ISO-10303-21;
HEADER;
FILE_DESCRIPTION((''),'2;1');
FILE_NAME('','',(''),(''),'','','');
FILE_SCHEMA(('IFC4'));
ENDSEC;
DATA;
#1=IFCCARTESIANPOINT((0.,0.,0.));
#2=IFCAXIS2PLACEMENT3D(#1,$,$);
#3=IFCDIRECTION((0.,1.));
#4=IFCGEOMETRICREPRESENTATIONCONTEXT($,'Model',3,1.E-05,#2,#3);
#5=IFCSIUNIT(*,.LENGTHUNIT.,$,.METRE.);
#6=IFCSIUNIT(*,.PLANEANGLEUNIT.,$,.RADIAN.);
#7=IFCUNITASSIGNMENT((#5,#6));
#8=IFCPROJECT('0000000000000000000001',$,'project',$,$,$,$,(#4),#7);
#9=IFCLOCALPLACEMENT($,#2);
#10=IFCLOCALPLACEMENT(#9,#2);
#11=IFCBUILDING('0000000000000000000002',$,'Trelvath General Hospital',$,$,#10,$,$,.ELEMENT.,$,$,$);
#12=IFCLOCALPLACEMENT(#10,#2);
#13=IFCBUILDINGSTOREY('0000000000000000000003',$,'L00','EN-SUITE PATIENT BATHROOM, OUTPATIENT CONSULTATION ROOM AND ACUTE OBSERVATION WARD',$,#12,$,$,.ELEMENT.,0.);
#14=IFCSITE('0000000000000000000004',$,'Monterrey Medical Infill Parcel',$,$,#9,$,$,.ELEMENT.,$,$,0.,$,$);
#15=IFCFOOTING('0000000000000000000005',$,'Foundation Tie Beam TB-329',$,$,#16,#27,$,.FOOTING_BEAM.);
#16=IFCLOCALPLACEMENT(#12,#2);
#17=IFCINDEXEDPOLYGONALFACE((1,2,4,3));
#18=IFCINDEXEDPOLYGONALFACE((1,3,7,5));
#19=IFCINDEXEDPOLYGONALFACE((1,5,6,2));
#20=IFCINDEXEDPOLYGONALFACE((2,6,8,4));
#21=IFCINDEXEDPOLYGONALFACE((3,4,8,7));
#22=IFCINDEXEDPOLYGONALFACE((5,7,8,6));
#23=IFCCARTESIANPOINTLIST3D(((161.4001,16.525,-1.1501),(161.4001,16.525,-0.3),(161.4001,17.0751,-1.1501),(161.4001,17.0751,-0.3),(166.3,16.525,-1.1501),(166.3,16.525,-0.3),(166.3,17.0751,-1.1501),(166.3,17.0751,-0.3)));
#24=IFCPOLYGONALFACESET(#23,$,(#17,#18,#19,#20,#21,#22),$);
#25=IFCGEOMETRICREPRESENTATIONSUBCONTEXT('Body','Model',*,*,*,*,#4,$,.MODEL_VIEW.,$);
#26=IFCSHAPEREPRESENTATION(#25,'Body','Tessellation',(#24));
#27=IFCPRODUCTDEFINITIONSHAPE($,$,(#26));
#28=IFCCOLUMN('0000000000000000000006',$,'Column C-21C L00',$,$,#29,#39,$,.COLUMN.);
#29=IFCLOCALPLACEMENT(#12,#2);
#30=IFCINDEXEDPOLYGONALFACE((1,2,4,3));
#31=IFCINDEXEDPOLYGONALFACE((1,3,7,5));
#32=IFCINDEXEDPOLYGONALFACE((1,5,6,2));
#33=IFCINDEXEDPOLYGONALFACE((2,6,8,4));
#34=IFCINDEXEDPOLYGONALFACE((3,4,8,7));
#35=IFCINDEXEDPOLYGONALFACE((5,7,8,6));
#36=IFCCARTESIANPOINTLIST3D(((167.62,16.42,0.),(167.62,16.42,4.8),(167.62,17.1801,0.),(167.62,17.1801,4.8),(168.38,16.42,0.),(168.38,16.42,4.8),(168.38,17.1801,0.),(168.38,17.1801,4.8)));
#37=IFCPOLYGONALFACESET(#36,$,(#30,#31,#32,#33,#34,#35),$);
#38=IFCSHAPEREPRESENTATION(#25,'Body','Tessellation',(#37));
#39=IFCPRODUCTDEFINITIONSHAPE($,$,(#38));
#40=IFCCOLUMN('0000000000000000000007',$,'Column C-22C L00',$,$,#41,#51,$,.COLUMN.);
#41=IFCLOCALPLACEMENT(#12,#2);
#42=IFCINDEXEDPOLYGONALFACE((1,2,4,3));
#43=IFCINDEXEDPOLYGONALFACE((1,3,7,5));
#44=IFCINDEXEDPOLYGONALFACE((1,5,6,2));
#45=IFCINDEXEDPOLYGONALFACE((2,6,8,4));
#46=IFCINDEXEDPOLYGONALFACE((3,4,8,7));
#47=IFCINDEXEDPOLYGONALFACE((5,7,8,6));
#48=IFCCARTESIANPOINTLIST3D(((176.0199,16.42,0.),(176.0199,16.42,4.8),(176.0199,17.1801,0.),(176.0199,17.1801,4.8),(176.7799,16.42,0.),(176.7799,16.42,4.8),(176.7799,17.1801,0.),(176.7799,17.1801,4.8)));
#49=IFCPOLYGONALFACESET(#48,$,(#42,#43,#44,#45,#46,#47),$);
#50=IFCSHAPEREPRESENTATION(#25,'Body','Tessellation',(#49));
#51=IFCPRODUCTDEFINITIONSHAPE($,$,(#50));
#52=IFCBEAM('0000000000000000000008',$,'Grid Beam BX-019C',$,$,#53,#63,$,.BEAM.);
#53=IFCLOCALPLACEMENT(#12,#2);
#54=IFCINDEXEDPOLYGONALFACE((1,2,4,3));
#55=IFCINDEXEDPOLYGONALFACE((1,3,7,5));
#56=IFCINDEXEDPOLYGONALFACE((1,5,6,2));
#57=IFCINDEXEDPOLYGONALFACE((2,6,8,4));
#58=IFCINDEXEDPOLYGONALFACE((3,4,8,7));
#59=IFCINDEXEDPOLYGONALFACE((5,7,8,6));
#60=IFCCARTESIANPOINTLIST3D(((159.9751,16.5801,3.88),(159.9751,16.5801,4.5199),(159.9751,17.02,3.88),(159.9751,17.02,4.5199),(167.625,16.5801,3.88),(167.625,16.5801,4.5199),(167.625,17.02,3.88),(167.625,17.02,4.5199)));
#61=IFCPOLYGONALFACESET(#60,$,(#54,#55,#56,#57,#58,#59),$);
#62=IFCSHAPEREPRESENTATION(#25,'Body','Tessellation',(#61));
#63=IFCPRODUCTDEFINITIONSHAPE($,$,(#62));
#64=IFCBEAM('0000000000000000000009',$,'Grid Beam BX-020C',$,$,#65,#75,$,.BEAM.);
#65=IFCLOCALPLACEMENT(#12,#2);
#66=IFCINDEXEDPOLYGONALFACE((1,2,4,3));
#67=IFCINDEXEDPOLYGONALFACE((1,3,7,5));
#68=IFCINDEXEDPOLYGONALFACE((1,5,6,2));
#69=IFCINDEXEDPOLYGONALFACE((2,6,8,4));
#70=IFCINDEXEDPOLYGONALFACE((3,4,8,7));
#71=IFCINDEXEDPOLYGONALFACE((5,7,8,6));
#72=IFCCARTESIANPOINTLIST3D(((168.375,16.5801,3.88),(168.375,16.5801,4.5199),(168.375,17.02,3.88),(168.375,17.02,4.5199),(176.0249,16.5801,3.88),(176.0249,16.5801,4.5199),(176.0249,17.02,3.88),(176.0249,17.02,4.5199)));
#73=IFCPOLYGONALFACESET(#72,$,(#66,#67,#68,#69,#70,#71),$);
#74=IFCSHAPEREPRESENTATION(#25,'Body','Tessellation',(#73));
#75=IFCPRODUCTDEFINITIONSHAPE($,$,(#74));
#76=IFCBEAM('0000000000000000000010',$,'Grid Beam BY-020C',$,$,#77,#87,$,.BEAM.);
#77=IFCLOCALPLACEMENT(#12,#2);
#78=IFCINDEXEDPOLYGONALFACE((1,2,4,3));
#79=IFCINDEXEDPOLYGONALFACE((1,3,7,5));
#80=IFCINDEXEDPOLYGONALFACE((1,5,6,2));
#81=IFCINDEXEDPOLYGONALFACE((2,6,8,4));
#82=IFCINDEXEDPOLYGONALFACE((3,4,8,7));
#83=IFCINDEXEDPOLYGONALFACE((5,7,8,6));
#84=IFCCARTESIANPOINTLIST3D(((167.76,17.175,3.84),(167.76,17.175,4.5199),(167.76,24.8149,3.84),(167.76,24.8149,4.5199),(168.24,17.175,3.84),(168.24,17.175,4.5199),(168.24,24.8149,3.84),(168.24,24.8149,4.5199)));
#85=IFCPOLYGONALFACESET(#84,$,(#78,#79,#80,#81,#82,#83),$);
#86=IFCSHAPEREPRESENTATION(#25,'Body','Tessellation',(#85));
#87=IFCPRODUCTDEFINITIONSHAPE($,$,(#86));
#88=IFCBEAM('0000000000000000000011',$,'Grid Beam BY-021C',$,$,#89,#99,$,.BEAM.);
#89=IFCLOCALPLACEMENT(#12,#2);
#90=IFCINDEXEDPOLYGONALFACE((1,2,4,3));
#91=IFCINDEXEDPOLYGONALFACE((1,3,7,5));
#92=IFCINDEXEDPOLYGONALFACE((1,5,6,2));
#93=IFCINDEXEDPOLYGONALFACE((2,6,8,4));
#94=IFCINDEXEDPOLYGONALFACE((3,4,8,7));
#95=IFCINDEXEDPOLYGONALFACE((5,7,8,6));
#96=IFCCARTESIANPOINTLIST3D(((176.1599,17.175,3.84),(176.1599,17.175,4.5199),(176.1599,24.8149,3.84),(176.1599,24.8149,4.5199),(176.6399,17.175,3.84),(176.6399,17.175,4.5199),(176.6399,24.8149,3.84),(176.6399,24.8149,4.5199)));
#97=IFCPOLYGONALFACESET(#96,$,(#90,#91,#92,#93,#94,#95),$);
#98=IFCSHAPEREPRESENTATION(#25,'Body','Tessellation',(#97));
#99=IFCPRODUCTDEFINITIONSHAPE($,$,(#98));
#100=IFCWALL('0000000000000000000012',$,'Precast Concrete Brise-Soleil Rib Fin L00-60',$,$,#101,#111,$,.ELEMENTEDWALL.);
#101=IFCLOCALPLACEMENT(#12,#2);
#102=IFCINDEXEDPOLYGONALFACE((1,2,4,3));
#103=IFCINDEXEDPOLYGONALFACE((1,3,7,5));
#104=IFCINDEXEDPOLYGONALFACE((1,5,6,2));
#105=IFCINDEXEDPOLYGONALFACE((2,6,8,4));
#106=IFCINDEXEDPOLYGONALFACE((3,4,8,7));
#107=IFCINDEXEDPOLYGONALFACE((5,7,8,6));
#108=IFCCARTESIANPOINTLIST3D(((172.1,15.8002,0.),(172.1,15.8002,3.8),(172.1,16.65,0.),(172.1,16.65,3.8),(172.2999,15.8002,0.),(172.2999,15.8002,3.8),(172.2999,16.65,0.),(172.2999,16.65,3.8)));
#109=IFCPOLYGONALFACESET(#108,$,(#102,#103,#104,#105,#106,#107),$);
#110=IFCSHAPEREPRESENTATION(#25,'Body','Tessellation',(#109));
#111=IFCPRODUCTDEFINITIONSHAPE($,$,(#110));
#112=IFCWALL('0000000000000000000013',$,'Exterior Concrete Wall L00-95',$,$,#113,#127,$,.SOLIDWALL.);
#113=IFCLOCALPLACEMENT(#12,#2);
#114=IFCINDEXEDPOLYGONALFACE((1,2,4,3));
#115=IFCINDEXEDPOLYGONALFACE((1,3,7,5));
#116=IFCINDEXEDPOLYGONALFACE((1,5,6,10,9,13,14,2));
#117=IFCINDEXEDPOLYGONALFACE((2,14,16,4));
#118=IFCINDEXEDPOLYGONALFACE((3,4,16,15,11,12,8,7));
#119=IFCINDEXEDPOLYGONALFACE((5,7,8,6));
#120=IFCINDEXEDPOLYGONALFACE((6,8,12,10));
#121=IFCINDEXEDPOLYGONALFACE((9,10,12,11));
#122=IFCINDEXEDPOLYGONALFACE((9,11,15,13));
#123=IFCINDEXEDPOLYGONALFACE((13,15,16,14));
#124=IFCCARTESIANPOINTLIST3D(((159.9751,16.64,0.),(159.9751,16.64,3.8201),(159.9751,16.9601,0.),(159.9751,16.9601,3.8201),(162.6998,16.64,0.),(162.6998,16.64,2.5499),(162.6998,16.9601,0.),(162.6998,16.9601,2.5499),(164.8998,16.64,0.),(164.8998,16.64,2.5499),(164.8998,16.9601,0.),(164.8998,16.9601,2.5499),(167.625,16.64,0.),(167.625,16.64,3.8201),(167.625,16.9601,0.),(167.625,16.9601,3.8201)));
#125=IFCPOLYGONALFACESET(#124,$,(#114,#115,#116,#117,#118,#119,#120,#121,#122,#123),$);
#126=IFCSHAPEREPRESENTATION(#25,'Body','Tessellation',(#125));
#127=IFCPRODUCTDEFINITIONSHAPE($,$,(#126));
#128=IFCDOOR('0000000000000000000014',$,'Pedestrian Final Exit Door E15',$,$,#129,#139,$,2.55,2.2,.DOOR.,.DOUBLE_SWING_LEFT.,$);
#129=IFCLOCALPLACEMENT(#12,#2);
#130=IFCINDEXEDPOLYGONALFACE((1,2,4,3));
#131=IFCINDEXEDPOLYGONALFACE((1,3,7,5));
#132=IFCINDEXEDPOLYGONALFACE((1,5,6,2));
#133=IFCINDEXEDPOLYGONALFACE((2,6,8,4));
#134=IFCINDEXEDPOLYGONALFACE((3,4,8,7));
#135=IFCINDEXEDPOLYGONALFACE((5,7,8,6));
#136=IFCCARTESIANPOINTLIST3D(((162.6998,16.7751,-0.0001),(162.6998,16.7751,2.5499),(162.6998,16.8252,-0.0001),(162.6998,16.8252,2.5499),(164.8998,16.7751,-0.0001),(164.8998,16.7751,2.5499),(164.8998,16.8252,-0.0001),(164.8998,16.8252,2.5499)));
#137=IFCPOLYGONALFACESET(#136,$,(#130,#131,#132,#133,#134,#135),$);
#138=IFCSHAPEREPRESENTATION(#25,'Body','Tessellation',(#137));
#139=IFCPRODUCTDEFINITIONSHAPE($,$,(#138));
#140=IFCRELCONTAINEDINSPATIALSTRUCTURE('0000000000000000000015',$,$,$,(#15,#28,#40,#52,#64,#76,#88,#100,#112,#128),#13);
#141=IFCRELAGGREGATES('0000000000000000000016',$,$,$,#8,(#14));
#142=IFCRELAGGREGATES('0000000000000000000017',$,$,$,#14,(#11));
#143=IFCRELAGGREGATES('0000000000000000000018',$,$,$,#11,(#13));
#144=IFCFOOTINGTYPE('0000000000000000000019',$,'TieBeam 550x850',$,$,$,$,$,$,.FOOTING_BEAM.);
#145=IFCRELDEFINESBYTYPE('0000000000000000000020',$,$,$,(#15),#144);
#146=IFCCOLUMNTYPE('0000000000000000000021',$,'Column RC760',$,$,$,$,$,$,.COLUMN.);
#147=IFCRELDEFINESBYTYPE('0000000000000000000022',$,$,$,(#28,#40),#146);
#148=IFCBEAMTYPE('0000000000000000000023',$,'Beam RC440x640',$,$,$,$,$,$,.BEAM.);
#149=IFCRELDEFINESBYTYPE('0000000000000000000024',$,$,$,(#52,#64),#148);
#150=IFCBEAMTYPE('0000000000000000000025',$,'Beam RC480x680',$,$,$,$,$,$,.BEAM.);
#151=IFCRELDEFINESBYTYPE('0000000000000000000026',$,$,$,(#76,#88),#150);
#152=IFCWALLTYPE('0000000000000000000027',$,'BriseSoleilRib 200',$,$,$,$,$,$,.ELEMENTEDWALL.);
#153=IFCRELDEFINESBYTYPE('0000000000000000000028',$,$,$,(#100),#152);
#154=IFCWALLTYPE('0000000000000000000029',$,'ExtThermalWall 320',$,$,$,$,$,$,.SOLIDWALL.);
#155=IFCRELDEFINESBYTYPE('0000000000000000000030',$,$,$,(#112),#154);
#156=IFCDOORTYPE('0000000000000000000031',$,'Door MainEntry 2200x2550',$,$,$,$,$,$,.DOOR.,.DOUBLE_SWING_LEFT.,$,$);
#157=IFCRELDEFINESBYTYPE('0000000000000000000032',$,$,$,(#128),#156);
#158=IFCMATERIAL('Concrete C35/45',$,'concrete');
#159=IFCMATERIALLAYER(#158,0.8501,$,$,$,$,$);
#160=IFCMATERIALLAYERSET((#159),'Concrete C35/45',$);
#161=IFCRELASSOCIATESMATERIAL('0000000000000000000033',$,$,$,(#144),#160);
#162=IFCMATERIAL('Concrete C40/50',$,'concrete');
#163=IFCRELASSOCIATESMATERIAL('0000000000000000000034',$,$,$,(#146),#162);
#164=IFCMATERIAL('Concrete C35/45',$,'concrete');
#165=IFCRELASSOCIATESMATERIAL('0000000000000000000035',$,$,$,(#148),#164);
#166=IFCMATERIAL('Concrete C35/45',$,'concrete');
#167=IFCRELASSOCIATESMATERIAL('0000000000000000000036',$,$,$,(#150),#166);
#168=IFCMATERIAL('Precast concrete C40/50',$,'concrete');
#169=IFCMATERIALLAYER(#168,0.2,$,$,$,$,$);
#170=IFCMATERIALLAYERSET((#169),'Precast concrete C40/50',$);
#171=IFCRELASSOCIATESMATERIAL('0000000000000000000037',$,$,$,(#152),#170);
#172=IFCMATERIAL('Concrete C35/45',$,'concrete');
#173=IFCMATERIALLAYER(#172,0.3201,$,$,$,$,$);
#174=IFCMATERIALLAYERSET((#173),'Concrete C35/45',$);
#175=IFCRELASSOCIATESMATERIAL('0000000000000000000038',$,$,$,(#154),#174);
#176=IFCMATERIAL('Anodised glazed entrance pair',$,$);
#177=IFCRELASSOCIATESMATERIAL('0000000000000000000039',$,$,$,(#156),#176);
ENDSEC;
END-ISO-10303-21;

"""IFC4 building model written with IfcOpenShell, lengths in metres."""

from ifc_helpers import new_model, si_unit, direction, frame, frame_2d, origin, origin_2d, place, context, subcontext, project, spatial, rectangle, extrude, material, layer, layer_set, material_profile, profile_set, type_object, element, fill, save


model = new_model("IFC4")

# Units and contexts
model_context = context("Model", 3, precision=1e-05, world=origin(), true_north=direction((0.0, 1.0)))
body_context = subcontext(model_context, "Body", "Model", "MODEL_VIEW")
ifc_project = project(units=[si_unit("LENGTHUNIT", "METRE"), si_unit("PLANEANGLEUNIT", "RADIAN")], contexts=[model_context])

# Site, building, storey
site_placement = place(None, origin())
site = spatial("IfcSite", under=ifc_project, at=site_placement, Name="Monterrey Medical Infill Parcel", CompositionType="ELEMENT", RefElevation=0.0)
building_placement = place(site_placement, origin())
building = spatial("IfcBuilding", under=site, at=building_placement, Name="Trelvath General Hospital", CompositionType="ELEMENT")
storey_placement = place(building_placement, origin())
storey = spatial("IfcBuildingStorey", under=building, at=storey_placement, Name="L00", Description="EN-SUITE PATIENT BATHROOM, OUTPATIENT CONSULTATION ROOM AND ACUTE OBSERVATION WARD", CompositionType="ELEMENT", Elevation=0.0)

# Footing
ifc_material_1 = material(Name="Concrete C35/45", Category="concrete")
ifc_layer_1 = layer(ifc_material_1, 0.8501)
ifc_layer_set_1 = layer_set([ifc_layer_1], Name="Concrete C35/45")
footing_type_1 = type_object("IfcFootingType", Name="TieBeam 550x850", PredefinedType="FOOTING_BEAM", material=ifc_layer_set_1)
footing_1_placement = place(storey_placement, frame((163.8501, 16.8, -1.1501), z_axis=(0.0, 0.0, 1.0), x_axis=(1.0, 0.0, 0.0)))
element("IfcFooting", 1, at=footing_1_placement, inside=storey, type_object=footing_type_1, Name="Foundation Tie Beam TB-329", PredefinedType="FOOTING_BEAM", context=body_context, shape_type="SweptSolid", body=[
    extrude(rectangle(XDim=4.8999, YDim=0.55, at=origin_2d()), origin(), (0.0, 0.0, 1.0), 0.8501),
])

# Columns
ifc_material_2 = material(Name="Concrete C40/50", Category="concrete")
ifc_material_profile_1 = material_profile(ifc_material_2, rectangle(XDim=0.76, YDim=0.76, at=origin_2d()), Name="RC760x760")
ifc_profile_set_1 = profile_set([ifc_material_profile_1], Name="Concrete C40/50")
column_type = type_object("IfcColumnType", Name="Column RC760", PredefinedType="COLUMN", material=ifc_profile_set_1)
for number, where, z_axis, x_axis, name in (
    (2, (168.0, 16.8, 0.0), (0.0, 0.0, 1.0), (1.0, 0.0, 0.0), "Column C-21C L00"),
    (3, (176.3999, 16.8, 0.0), (0.0, 0.0, 1.0), (1.0, 0.0, 0.0), "Column C-22C L00"),
):
    element("IfcColumn", number, at=place(storey_placement, frame(where, z_axis=z_axis, x_axis=x_axis)), inside=storey, type_object=column_type, Name=name, PredefinedType="COLUMN", context=body_context, shape_type="SweptSolid", body=[
        extrude(rectangle(XDim=0.76, YDim=0.76, at=origin_2d()), origin(), (0.0, 0.0, 1.0), 4.8),
    ])

# Beams
ifc_material_3 = material(Name="Concrete C35/45", Category="concrete")
ifc_material_profile_2 = material_profile(ifc_material_3, rectangle(XDim=0.4399, YDim=0.6399, at=origin_2d()), Name="RCB440x640")
ifc_profile_set_2 = profile_set([ifc_material_profile_2], Name="Concrete C35/45")
beam_type_1 = type_object("IfcBeamType", Name="Beam RC440x640", PredefinedType="BEAM", material=ifc_profile_set_2)
for number, where, z_axis, x_axis, name in (
    (4, (159.9751, 16.8, 4.2), (1.0, 0.0, 0.0), (0.0, 1.0, 0.0), "Grid Beam BX-019C"),
    (5, (168.375, 16.8, 4.2), (1.0, 0.0, 0.0), (0.0, 1.0, 0.0), "Grid Beam BX-020C"),
):
    element("IfcBeam", number, at=place(storey_placement, frame(where, z_axis=z_axis, x_axis=x_axis)), inside=storey, type_object=beam_type_1, Name=name, PredefinedType="BEAM", context=body_context, shape_type="SweptSolid", body=[
        extrude(rectangle(XDim=0.4399, YDim=0.6399, at=origin_2d()), origin(), (0.0, 0.0, 1.0), 7.6499),
    ])
ifc_material_4 = material(Name="Concrete C35/45", Category="concrete")
ifc_material_profile_3 = material_profile(ifc_material_4, rectangle(XDim=0.48, YDim=0.6799, at=origin_2d()), Name="RCB480x680")
ifc_profile_set_3 = profile_set([ifc_material_profile_3], Name="Concrete C35/45")
beam_type_2 = type_object("IfcBeamType", Name="Beam RC480x680", PredefinedType="BEAM", material=ifc_profile_set_3)
for number, where, z_axis, x_axis, name in (
    (6, (168.0, 17.175, 4.1799), (0.0, 1.0, 0.0), (-1.0, 0.0, 0.0), "Grid Beam BY-020C"),
    (7, (176.3999, 17.175, 4.1799), (0.0, 1.0, 0.0), (-1.0, 0.0, 0.0), "Grid Beam BY-021C"),
):
    element("IfcBeam", number, at=place(storey_placement, frame(where, z_axis=z_axis, x_axis=x_axis)), inside=storey, type_object=beam_type_2, Name=name, PredefinedType="BEAM", context=body_context, shape_type="SweptSolid", body=[
        extrude(rectangle(XDim=0.48, YDim=0.6799, at=origin_2d()), origin(), (0.0, 0.0, 1.0), 7.6399),
    ])

# Wall
ifc_material_5 = material(Name="Precast concrete C40/50", Category="concrete")
ifc_layer_2 = layer(ifc_material_5, 0.2)
ifc_layer_set_2 = layer_set([ifc_layer_2], Name="Precast concrete C40/50")
wall_type_1 = type_object("IfcWallType", Name="BriseSoleilRib 200", PredefinedType="ELEMENTEDWALL", material=ifc_layer_set_2)
wall_1_placement = place(storey_placement, frame((172.2, 16.6499, 0.0), z_axis=(0.0, 0.0, 1.0), x_axis=(0.0, -1.0, 0.0)))
element("IfcWall", 8, at=wall_1_placement, inside=storey, type_object=wall_type_1, Name="Precast Concrete Brise-Soleil Rib Fin L00-60", PredefinedType="ELEMENTEDWALL", context=body_context, shape_type="SweptSolid", body=[
    extrude(rectangle(XDim=0.8499, YDim=0.2, at=frame_2d((0.4248, 0.0))), origin(), (0.0, 0.0, 1.0), 3.8),
])

# Wall, opening, door
ifc_material_6 = material(Name="Concrete C35/45", Category="concrete")
ifc_layer_3 = layer(ifc_material_6, 0.3201)
ifc_layer_set_3 = layer_set([ifc_layer_3], Name="Concrete C35/45")
wall_type_2 = type_object("IfcWallType", Name="ExtThermalWall 320", PredefinedType="SOLIDWALL", material=ifc_layer_set_3)
wall_2_placement = place(storey_placement, frame((167.625, 16.8, 0.0), z_axis=(0.0, 0.0, 1.0), x_axis=(-1.0, 0.0, 0.0)))
wall_2 = element("IfcWall", 9, at=wall_2_placement, inside=storey, type_object=wall_type_2, Name="Exterior Concrete Wall L00-95", PredefinedType="SOLIDWALL", context=body_context, shape_type="SweptSolid", body=[
    extrude(rectangle(XDim=7.6499, YDim=0.3201, at=frame_2d((3.825, 0.0))), origin(), (0.0, 0.0, 1.0), 3.8201),
])
opening_1_placement = place(wall_2_placement, frame((2.7251, 0.0, 0.0)))
opening_1 = element("IfcOpeningElement", 10, at=opening_1_placement, cuts=wall_2, PredefinedType="OPENING", context=body_context, shape_type="SweptSolid", body=[
    extrude(rectangle(XDim=2.2, YDim=2.55, at=frame_2d((1.1001, 1.2749))), frame((0.0, 0.1699, 0.0), z_axis=(0.0, -1.0, 0.0), x_axis=(1.0, 0.0, 0.0)), (0.0, 0.0, 1.0), 0.3401),
])
ifc_material_7 = material(Name="Anodised glazed entrance pair")
door_type = type_object("IfcDoorType", Name="Door MainEntry 2200x2550", OperationType="DOUBLE_SWING_LEFT", PredefinedType="DOOR", material=ifc_material_7)
door_placement = place(opening_1_placement, origin())
door = element("IfcDoor", 11, at=door_placement, inside=storey, type_object=door_type, Name="Pedestrian Final Exit Door E15", OperationType="DOUBLE_SWING_LEFT", OverallHeight=2.55, OverallWidth=2.2, PredefinedType="DOOR", context=body_context, shape_type="SweptSolid", body=[
    extrude(rectangle(XDim=2.2, YDim=2.55, at=frame_2d((1.1001, 1.2749))), frame((0.0, 0.0249, 0.0), z_axis=(0.0, -1.0, 0.0), x_axis=(1.0, 0.0, 0.0)), (0.0, 0.0, 1.0), 0.05),
])
fill(opening_1, door)

save(model, "model.ifc")
